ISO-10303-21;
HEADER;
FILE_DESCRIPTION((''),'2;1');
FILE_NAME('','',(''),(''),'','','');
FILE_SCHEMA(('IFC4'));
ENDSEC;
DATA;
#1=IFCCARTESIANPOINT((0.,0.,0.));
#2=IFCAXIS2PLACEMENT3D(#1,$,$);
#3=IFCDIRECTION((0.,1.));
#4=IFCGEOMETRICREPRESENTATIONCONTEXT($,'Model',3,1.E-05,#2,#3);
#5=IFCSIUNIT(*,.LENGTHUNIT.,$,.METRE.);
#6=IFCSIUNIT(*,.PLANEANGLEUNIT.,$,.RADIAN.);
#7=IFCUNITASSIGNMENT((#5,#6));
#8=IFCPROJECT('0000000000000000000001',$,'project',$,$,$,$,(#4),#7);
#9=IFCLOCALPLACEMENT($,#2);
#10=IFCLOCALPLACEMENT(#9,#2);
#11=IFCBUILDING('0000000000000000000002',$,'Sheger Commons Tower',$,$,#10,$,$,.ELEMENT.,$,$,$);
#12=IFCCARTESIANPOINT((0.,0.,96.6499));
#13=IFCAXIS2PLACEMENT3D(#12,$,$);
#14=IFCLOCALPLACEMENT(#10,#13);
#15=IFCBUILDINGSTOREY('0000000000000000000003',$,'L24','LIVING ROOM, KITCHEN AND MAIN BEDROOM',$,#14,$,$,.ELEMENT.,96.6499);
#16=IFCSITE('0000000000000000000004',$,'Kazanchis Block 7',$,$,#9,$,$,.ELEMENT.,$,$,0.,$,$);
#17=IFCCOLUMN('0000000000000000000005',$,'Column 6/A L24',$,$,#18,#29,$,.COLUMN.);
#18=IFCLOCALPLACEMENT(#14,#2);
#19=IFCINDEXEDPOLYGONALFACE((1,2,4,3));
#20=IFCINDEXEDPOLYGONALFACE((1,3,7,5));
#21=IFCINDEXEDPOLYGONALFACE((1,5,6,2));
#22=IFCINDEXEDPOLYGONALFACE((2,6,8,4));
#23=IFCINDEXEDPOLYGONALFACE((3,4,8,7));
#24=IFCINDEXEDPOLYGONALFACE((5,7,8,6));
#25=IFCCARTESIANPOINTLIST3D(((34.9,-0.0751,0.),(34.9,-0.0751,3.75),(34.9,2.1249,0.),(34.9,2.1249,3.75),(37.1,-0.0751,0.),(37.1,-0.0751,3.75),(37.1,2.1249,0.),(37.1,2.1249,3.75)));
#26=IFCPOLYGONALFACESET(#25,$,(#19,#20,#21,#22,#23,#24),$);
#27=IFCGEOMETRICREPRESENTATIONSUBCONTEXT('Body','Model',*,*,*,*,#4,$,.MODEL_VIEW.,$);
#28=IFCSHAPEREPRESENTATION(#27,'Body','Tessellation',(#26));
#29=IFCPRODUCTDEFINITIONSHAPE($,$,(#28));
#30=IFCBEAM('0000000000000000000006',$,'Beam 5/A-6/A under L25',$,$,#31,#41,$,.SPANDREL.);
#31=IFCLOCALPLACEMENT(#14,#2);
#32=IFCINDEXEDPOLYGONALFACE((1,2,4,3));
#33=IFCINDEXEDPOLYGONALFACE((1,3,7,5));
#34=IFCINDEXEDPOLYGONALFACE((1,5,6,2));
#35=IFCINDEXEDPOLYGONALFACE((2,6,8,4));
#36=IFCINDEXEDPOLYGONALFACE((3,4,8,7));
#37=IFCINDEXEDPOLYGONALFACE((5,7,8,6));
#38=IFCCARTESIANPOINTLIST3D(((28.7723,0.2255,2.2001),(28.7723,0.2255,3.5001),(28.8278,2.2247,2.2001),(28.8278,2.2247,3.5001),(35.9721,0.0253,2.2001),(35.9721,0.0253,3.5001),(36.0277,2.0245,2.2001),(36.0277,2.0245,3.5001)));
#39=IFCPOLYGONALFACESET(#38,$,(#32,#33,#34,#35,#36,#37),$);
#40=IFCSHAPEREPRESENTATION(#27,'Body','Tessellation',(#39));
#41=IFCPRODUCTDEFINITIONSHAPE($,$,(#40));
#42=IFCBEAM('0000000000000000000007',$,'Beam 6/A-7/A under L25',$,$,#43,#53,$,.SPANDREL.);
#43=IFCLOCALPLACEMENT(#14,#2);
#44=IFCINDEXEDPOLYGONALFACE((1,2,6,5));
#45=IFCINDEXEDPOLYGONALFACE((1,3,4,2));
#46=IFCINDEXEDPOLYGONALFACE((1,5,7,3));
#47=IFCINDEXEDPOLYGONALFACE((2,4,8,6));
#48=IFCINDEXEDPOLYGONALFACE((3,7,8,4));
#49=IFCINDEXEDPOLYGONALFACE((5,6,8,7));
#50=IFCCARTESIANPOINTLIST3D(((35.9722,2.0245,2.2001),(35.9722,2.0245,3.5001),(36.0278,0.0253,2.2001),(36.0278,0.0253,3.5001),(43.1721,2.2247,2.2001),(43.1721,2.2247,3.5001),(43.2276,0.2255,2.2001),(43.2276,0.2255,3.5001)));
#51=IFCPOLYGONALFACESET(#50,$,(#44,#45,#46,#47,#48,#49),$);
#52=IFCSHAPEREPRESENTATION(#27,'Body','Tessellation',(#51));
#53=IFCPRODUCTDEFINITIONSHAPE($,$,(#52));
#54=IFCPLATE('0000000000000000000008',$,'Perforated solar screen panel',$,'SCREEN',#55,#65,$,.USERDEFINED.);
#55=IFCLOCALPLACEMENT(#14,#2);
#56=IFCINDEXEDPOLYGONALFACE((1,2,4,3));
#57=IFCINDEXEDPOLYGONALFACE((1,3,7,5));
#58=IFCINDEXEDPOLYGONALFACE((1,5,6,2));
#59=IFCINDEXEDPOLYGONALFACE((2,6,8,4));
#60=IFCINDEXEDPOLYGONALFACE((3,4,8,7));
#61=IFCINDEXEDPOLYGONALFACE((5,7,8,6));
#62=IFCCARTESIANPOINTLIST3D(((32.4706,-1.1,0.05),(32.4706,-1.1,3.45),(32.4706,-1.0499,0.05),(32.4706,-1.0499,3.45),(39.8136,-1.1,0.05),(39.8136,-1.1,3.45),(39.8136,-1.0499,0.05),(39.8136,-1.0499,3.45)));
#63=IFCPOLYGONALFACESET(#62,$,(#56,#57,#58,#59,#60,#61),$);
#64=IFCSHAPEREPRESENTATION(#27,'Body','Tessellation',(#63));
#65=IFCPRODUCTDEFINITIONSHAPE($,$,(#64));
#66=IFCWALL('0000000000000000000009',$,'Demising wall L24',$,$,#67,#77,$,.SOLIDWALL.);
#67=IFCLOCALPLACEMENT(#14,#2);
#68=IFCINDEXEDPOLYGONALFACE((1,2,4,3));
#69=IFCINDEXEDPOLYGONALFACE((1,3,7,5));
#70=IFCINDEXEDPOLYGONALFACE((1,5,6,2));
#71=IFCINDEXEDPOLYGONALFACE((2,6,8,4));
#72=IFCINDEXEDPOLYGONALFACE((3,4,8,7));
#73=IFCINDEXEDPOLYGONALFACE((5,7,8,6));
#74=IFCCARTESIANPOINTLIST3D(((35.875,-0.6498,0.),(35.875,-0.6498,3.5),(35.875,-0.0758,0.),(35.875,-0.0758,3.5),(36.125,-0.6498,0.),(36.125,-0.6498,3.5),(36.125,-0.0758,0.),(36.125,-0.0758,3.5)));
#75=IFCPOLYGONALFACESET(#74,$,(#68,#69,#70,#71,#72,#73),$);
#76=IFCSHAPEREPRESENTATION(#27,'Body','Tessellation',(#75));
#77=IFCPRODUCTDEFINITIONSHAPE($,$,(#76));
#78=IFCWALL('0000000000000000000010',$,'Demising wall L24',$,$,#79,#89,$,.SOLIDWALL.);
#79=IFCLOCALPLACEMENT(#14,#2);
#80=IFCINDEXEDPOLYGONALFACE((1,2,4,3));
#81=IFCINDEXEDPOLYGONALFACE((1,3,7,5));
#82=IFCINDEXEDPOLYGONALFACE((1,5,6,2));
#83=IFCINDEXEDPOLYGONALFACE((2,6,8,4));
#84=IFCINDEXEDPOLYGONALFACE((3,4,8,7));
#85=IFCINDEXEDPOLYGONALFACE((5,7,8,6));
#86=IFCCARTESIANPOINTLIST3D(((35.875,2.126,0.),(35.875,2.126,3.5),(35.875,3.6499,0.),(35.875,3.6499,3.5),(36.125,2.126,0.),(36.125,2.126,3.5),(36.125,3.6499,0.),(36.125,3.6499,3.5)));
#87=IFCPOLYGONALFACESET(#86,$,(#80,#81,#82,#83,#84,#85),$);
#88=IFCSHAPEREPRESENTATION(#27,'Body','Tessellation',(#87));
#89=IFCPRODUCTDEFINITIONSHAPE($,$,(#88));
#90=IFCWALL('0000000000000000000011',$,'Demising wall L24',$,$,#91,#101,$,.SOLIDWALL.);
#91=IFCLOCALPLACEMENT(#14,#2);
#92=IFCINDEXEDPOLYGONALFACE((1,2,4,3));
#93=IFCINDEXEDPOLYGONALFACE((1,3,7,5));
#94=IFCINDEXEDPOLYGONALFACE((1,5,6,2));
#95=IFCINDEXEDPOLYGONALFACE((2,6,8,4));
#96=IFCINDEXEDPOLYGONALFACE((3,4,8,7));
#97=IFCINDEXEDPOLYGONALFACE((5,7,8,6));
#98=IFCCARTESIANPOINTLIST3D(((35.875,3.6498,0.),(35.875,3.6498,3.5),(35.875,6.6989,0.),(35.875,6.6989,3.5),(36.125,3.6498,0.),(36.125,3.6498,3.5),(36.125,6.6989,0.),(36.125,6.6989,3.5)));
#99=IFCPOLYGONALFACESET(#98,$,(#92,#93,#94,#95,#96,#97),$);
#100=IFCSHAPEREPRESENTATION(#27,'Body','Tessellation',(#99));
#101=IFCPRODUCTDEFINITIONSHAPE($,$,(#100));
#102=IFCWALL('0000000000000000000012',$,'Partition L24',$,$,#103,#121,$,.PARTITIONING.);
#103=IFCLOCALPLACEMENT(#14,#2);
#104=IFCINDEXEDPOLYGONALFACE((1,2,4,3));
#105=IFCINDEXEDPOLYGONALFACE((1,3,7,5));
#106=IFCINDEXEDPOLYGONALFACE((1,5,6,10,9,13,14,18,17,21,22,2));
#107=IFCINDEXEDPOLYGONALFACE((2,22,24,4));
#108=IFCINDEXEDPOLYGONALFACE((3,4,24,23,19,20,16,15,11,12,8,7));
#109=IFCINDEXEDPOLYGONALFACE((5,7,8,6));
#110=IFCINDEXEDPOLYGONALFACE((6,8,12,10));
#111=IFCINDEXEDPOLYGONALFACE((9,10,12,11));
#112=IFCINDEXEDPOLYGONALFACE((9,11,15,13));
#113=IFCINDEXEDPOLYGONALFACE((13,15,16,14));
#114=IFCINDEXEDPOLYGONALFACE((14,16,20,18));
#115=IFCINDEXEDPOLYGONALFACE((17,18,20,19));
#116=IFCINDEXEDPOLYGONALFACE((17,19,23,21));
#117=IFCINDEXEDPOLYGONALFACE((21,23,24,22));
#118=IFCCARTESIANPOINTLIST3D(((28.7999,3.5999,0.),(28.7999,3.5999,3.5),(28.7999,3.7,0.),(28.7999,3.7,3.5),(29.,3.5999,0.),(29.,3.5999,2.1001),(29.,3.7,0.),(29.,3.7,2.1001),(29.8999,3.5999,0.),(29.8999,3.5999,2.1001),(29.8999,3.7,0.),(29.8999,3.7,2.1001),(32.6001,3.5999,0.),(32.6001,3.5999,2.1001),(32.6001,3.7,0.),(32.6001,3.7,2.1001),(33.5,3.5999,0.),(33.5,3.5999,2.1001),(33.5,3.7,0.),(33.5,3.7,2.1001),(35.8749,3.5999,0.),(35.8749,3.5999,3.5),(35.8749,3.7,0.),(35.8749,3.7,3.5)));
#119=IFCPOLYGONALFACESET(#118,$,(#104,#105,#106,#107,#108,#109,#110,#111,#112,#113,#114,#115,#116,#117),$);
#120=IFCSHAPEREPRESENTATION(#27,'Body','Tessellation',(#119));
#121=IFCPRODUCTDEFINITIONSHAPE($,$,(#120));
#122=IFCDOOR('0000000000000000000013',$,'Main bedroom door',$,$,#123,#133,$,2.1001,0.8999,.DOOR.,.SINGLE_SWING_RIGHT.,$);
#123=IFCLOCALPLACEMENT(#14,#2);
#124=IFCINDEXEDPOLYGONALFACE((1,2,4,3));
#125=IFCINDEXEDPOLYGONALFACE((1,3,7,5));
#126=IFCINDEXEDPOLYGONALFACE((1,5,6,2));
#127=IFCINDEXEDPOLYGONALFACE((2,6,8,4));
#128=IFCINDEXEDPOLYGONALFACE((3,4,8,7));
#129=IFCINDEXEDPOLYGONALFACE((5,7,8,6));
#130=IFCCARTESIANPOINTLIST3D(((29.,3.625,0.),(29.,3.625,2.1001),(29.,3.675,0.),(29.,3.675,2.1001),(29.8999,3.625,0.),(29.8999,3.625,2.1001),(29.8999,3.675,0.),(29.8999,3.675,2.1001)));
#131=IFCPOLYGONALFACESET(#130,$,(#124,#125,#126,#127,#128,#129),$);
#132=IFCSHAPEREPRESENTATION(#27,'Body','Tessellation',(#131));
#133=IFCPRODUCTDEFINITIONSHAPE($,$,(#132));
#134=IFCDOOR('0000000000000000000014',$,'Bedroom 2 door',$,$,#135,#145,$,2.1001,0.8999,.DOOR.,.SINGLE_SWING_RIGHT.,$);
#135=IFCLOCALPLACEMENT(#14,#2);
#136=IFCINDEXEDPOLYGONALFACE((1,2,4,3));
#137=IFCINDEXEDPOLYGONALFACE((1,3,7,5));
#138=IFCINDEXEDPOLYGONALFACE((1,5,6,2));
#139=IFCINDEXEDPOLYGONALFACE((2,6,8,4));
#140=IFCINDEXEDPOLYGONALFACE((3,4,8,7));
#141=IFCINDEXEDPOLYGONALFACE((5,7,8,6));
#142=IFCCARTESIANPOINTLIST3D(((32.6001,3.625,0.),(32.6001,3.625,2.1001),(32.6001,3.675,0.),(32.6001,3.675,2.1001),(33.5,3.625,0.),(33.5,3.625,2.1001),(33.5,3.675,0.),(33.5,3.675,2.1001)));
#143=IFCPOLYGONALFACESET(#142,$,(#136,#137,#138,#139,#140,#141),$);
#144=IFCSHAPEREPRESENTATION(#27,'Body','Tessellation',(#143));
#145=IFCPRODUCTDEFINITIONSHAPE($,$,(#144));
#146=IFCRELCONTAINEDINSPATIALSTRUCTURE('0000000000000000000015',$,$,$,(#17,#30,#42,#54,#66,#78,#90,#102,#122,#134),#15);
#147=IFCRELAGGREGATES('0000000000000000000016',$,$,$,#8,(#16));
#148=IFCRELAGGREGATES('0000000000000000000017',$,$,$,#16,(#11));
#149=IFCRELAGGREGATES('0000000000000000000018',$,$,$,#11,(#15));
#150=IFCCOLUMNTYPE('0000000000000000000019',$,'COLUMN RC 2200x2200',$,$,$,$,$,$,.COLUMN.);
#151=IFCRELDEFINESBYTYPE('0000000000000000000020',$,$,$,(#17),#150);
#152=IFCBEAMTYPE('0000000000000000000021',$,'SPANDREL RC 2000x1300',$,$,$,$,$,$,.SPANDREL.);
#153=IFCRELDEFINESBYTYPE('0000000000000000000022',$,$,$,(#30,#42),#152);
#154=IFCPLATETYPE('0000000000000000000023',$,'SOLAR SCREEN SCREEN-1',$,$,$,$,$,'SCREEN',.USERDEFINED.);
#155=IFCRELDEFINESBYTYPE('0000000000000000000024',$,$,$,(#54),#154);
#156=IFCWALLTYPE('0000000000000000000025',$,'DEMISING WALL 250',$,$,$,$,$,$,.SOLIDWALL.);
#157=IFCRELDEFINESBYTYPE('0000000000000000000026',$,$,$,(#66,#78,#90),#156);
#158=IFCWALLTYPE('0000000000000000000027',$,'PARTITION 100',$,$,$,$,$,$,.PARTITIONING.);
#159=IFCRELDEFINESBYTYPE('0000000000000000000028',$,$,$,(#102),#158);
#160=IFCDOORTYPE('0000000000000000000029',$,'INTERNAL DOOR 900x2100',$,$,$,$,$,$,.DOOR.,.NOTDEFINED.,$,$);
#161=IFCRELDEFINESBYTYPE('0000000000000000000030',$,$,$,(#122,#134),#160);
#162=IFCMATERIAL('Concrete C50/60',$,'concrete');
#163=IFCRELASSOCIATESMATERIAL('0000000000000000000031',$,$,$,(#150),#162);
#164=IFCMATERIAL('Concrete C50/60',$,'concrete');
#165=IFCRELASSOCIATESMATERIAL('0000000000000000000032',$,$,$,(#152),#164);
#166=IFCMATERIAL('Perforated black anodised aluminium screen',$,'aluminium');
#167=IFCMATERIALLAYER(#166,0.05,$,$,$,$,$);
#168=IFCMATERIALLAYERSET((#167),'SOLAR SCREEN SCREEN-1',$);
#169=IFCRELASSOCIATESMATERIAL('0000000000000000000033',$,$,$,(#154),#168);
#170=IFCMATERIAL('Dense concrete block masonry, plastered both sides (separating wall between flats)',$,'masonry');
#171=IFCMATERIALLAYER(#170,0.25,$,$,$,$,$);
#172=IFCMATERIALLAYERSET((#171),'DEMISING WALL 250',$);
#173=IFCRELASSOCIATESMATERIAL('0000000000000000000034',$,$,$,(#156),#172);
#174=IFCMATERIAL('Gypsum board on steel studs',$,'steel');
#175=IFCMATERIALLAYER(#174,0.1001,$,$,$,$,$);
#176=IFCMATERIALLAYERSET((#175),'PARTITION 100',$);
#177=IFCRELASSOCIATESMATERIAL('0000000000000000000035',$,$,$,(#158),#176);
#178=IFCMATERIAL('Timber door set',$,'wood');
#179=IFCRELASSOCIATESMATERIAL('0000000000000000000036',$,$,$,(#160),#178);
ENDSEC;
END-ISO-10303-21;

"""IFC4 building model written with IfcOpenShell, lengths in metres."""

from ifc_helpers import new_model, si_unit, direction, frame, frame_2d, origin, origin_2d, place, context, subcontext, project, spatial, rectangle, extrude, material, layer, layer_set, material_profile, profile_set, type_object, element, fill, save


model = new_model("IFC4")

# Units and contexts
model_context = context("Model", 3, precision=1e-05, world=origin(), true_north=direction((0.0, 1.0)))
body_context = subcontext(model_context, "Body", "Model", "MODEL_VIEW")
ifc_project = project(units=[si_unit("LENGTHUNIT", "METRE"), si_unit("PLANEANGLEUNIT", "RADIAN")], contexts=[model_context])

# Site, building, storey
site_placement = place(None, origin())
site = spatial("IfcSite", under=ifc_project, at=site_placement, Name="Kazanchis Block 7", CompositionType="ELEMENT", RefElevation=0.0)
building_placement = place(site_placement, origin())
building = spatial("IfcBuilding", under=site, at=building_placement, Name="Sheger Commons Tower", CompositionType="ELEMENT")
storey_placement = place(building_placement, frame((0.0, 0.0, 96.6499)))
storey = spatial("IfcBuildingStorey", under=building, at=storey_placement, Name="L24", Description="LIVING ROOM, KITCHEN AND MAIN BEDROOM", CompositionType="ELEMENT", Elevation=96.6499)

# Column
ifc_material_1 = material(Name="Concrete C50/60", Category="concrete")
ifc_material_profile_1 = material_profile(ifc_material_1, rectangle(XDim=2.2, YDim=2.2, at=origin_2d()), Name="RC 2200x2200")
ifc_profile_set_1 = profile_set([ifc_material_profile_1], Name="Concrete C50/60")
column_type = type_object("IfcColumnType", Name="COLUMN RC 2200x2200", PredefinedType="COLUMN", material=ifc_profile_set_1)
column_placement = place(storey_placement, frame((36.0, 1.0249, 0.0), z_axis=(0.0, 0.0, 1.0), x_axis=(1.0, 0.0, 0.0)))
element("IfcColumn", 1, at=column_placement, inside=storey, type_object=column_type, Name="Column 6/A L24", PredefinedType="COLUMN", context=body_context, shape_type="SweptSolid", body=[
    extrude(rectangle(XDim=2.2, YDim=2.2, at=origin_2d()), origin(), (0.0, 0.0, 1.0), 3.75),
])

# Beams
ifc_material_2 = material(Name="Concrete C50/60", Category="concrete")
ifc_material_profile_2 = material_profile(ifc_material_2, rectangle(XDim=2.0, YDim=1.3, at=origin_2d()), Name="RC 2000x1300")
ifc_profile_set_2 = profile_set([ifc_material_profile_2], Name="Concrete C50/60")
beam_type = type_object("IfcBeamType", Name="SPANDREL RC 2000x1300", PredefinedType="SPANDREL", material=ifc_profile_set_2)
for number, where, z_axis, x_axis, name in (
    (2, (28.8, 1.2251, 2.8501), (0.999614, -0.027794, 0.0), (0.027794, 0.999614, 0.0), "Beam 5/A-6/A under L25"),
    (3, (36.0, 1.0249, 2.8501), (0.999614, 0.027794, 0.0), (-0.027794, 0.999614, 0.0), "Beam 6/A-7/A under L25"),
):
    element("IfcBeam", number, at=place(storey_placement, frame(where, z_axis=z_axis, x_axis=x_axis)), inside=storey, type_object=beam_type, Name=name, PredefinedType="SPANDREL", context=body_context, shape_type="SweptSolid", body=[
        extrude(rectangle(XDim=2.0, YDim=1.3, at=origin_2d()), origin(), (0.0, 0.0, 1.0), 7.2026),
    ])

# Plate
ifc_material_3 = material(Name="Perforated black anodised aluminium screen", Category="aluminium")
ifc_layer_1 = layer(ifc_material_3, 0.05)
ifc_layer_set_1 = layer_set([ifc_layer_1], Name="SOLAR SCREEN SCREEN-1")
plate_type = type_object("IfcPlateType", Name="SOLAR SCREEN SCREEN-1", ElementType="SCREEN", PredefinedType="USERDEFINED", material=ifc_layer_set_1)
plate_placement = place(storey_placement, frame((36.1421, -1.075, 0.05), z_axis=(0.0, 0.0, 1.0), x_axis=(1.0, 0.0, 0.0)))
element("IfcPlate", 4, at=plate_placement, inside=storey, type_object=plate_type, Name="Perforated solar screen panel", ObjectType="SCREEN", PredefinedType="USERDEFINED", context=body_context, shape_type="SweptSolid", body=[
    extrude(rectangle(XDim=7.343, YDim=0.05, at=origin_2d()), origin(), (0.0, 0.0, 1.0), 3.3999),
])

# Walls
ifc_material_4 = material(Name="Dense concrete block masonry, plastered both sides (separating wall between flats)", Category="masonry")
ifc_layer_2 = layer(ifc_material_4, 0.25)
ifc_layer_set_2 = layer_set([ifc_layer_2], Name="DEMISING WALL 250")
wall_type_1 = type_object("IfcWallType", Name="DEMISING WALL 250", PredefinedType="SOLIDWALL", material=ifc_layer_set_2)
wall_1_placement = place(storey_placement, frame((36.0, -0.6499, 0.0), z_axis=(0.0, 0.0, 1.0), x_axis=(0.0, 1.0, 0.0)))
element("IfcWall", 5, at=wall_1_placement, inside=storey, type_object=wall_type_1, Name="Demising wall L24", PredefinedType="SOLIDWALL", context=body_context, shape_type="SweptSolid", body=[
    extrude(rectangle(XDim=0.574, YDim=0.25, at=frame_2d((0.2871, 0.0))), origin(), (0.0, 0.0, 1.0), 3.5),
])
wall_2_placement = place(storey_placement, frame((36.0, 2.126, 0.0), z_axis=(0.0, 0.0, 1.0), x_axis=(0.0, 1.0, 0.0)))
element("IfcWall", 6, at=wall_2_placement, inside=storey, type_object=wall_type_1, Name="Demising wall L24", PredefinedType="SOLIDWALL", context=body_context, shape_type="SweptSolid", body=[
    extrude(rectangle(XDim=1.5239, YDim=0.25, at=frame_2d((0.762, 0.0))), origin(), (0.0, 0.0, 1.0), 3.5),
])
wall_3_placement = place(storey_placement, frame((36.0, 3.6499, 0.0), z_axis=(0.0, 0.0, 1.0), x_axis=(0.0, 1.0, 0.0)))
element("IfcWall", 7, at=wall_3_placement, inside=storey, type_object=wall_type_1, Name="Demising wall L24", PredefinedType="SOLIDWALL", context=body_context, shape_type="SweptSolid", body=[
    extrude(rectangle(XDim=3.0491, YDim=0.25, at=frame_2d((1.5244, 0.0))), origin(), (0.0, 0.0, 1.0), 3.5),
])

# Wall, openings, doors
ifc_material_5 = material(Name="Gypsum board on steel studs", Category="steel")
ifc_layer_3 = layer(ifc_material_5, 0.1001)
ifc_layer_set_3 = layer_set([ifc_layer_3], Name="PARTITION 100")
wall_type_2 = type_object("IfcWallType", Name="PARTITION 100", PredefinedType="PARTITIONING", material=ifc_layer_set_3)
wall_4_placement = place(storey_placement, frame((35.875, 3.6499, 0.0), z_axis=(0.0, 0.0, 1.0), x_axis=(-1.0, 0.0, 0.0)))
wall_4 = element("IfcWall", 8, at=wall_4_placement, inside=storey, type_object=wall_type_2, Name="Partition L24", PredefinedType="PARTITIONING", context=body_context, shape_type="SweptSolid", body=[
    extrude(rectangle(XDim=7.075, YDim=0.1001, at=frame_2d((3.5376, 0.0))), origin(), (0.0, 0.0, 1.0), 3.5),
])
opening_1_placement = place(wall_4_placement, frame((5.9751, 0.0, 0.0)))
opening_1 = element("IfcOpeningElement", 9, at=opening_1_placement, cuts=wall_4, PredefinedType="OPENING", context=body_context, shape_type="SweptSolid", body=[
    extrude(rectangle(XDim=0.8999, YDim=2.1001, at=frame_2d((0.45, 1.05))), frame((0.0, 0.0601, 0.0), z_axis=(0.0, -1.0, 0.0), x_axis=(1.0, 0.0, 0.0)), (0.0, 0.0, 1.0), 0.1201),
])
opening_2_placement = place(wall_4_placement, frame((2.375, 0.0, 0.0)))
opening_2 = element("IfcOpeningElement", 10, at=opening_2_placement, cuts=wall_4, PredefinedType="OPENING", context=body_context, shape_type="SweptSolid", body=[
    extrude(rectangle(XDim=0.8999, YDim=2.1001, at=frame_2d((0.45, 1.05))), frame((0.0, 0.0601, 0.0), z_axis=(0.0, -1.0, 0.0), x_axis=(1.0, 0.0, 0.0)), (0.0, 0.0, 1.0), 0.1201),
])
ifc_material_6 = material(Name="Timber door set", Category="wood")
door_type = type_object("IfcDoorType", Name="INTERNAL DOOR 900x2100", OperationType="NOTDEFINED", PredefinedType="DOOR", material=ifc_material_6)
door_1_placement = place(opening_1_placement, origin())
door_1 = element("IfcDoor", 11, at=door_1_placement, inside=storey, type_object=door_type, Name="Main bedroom door", OperationType="SINGLE_SWING_RIGHT", OverallHeight=2.1001, OverallWidth=0.8999, PredefinedType="DOOR", context=body_context, shape_type="SweptSolid", body=[
    extrude(rectangle(XDim=0.8999, YDim=2.1001, at=frame_2d((0.45, 1.05))), frame((0.0, 0.0249, 0.0), z_axis=(0.0, -1.0, 0.0), x_axis=(1.0, 0.0, 0.0)), (0.0, 0.0, 1.0), 0.05),
])
fill(opening_1, door_1)
door_2_placement = place(opening_2_placement, origin())
door_2 = element("IfcDoor", 12, at=door_2_placement, inside=storey, type_object=door_type, Name="Bedroom 2 door", OperationType="SINGLE_SWING_RIGHT", OverallHeight=2.1001, OverallWidth=0.8999, PredefinedType="DOOR", context=body_context, shape_type="SweptSolid", body=[
    extrude(rectangle(XDim=0.8999, YDim=2.1001, at=frame_2d((0.45, 1.05))), frame((0.0, 0.0249, 0.0), z_axis=(0.0, -1.0, 0.0), x_axis=(1.0, 0.0, 0.0)), (0.0, 0.0, 1.0), 0.05),
])
fill(opening_2, door_2)

save(model, "model.ifc")
